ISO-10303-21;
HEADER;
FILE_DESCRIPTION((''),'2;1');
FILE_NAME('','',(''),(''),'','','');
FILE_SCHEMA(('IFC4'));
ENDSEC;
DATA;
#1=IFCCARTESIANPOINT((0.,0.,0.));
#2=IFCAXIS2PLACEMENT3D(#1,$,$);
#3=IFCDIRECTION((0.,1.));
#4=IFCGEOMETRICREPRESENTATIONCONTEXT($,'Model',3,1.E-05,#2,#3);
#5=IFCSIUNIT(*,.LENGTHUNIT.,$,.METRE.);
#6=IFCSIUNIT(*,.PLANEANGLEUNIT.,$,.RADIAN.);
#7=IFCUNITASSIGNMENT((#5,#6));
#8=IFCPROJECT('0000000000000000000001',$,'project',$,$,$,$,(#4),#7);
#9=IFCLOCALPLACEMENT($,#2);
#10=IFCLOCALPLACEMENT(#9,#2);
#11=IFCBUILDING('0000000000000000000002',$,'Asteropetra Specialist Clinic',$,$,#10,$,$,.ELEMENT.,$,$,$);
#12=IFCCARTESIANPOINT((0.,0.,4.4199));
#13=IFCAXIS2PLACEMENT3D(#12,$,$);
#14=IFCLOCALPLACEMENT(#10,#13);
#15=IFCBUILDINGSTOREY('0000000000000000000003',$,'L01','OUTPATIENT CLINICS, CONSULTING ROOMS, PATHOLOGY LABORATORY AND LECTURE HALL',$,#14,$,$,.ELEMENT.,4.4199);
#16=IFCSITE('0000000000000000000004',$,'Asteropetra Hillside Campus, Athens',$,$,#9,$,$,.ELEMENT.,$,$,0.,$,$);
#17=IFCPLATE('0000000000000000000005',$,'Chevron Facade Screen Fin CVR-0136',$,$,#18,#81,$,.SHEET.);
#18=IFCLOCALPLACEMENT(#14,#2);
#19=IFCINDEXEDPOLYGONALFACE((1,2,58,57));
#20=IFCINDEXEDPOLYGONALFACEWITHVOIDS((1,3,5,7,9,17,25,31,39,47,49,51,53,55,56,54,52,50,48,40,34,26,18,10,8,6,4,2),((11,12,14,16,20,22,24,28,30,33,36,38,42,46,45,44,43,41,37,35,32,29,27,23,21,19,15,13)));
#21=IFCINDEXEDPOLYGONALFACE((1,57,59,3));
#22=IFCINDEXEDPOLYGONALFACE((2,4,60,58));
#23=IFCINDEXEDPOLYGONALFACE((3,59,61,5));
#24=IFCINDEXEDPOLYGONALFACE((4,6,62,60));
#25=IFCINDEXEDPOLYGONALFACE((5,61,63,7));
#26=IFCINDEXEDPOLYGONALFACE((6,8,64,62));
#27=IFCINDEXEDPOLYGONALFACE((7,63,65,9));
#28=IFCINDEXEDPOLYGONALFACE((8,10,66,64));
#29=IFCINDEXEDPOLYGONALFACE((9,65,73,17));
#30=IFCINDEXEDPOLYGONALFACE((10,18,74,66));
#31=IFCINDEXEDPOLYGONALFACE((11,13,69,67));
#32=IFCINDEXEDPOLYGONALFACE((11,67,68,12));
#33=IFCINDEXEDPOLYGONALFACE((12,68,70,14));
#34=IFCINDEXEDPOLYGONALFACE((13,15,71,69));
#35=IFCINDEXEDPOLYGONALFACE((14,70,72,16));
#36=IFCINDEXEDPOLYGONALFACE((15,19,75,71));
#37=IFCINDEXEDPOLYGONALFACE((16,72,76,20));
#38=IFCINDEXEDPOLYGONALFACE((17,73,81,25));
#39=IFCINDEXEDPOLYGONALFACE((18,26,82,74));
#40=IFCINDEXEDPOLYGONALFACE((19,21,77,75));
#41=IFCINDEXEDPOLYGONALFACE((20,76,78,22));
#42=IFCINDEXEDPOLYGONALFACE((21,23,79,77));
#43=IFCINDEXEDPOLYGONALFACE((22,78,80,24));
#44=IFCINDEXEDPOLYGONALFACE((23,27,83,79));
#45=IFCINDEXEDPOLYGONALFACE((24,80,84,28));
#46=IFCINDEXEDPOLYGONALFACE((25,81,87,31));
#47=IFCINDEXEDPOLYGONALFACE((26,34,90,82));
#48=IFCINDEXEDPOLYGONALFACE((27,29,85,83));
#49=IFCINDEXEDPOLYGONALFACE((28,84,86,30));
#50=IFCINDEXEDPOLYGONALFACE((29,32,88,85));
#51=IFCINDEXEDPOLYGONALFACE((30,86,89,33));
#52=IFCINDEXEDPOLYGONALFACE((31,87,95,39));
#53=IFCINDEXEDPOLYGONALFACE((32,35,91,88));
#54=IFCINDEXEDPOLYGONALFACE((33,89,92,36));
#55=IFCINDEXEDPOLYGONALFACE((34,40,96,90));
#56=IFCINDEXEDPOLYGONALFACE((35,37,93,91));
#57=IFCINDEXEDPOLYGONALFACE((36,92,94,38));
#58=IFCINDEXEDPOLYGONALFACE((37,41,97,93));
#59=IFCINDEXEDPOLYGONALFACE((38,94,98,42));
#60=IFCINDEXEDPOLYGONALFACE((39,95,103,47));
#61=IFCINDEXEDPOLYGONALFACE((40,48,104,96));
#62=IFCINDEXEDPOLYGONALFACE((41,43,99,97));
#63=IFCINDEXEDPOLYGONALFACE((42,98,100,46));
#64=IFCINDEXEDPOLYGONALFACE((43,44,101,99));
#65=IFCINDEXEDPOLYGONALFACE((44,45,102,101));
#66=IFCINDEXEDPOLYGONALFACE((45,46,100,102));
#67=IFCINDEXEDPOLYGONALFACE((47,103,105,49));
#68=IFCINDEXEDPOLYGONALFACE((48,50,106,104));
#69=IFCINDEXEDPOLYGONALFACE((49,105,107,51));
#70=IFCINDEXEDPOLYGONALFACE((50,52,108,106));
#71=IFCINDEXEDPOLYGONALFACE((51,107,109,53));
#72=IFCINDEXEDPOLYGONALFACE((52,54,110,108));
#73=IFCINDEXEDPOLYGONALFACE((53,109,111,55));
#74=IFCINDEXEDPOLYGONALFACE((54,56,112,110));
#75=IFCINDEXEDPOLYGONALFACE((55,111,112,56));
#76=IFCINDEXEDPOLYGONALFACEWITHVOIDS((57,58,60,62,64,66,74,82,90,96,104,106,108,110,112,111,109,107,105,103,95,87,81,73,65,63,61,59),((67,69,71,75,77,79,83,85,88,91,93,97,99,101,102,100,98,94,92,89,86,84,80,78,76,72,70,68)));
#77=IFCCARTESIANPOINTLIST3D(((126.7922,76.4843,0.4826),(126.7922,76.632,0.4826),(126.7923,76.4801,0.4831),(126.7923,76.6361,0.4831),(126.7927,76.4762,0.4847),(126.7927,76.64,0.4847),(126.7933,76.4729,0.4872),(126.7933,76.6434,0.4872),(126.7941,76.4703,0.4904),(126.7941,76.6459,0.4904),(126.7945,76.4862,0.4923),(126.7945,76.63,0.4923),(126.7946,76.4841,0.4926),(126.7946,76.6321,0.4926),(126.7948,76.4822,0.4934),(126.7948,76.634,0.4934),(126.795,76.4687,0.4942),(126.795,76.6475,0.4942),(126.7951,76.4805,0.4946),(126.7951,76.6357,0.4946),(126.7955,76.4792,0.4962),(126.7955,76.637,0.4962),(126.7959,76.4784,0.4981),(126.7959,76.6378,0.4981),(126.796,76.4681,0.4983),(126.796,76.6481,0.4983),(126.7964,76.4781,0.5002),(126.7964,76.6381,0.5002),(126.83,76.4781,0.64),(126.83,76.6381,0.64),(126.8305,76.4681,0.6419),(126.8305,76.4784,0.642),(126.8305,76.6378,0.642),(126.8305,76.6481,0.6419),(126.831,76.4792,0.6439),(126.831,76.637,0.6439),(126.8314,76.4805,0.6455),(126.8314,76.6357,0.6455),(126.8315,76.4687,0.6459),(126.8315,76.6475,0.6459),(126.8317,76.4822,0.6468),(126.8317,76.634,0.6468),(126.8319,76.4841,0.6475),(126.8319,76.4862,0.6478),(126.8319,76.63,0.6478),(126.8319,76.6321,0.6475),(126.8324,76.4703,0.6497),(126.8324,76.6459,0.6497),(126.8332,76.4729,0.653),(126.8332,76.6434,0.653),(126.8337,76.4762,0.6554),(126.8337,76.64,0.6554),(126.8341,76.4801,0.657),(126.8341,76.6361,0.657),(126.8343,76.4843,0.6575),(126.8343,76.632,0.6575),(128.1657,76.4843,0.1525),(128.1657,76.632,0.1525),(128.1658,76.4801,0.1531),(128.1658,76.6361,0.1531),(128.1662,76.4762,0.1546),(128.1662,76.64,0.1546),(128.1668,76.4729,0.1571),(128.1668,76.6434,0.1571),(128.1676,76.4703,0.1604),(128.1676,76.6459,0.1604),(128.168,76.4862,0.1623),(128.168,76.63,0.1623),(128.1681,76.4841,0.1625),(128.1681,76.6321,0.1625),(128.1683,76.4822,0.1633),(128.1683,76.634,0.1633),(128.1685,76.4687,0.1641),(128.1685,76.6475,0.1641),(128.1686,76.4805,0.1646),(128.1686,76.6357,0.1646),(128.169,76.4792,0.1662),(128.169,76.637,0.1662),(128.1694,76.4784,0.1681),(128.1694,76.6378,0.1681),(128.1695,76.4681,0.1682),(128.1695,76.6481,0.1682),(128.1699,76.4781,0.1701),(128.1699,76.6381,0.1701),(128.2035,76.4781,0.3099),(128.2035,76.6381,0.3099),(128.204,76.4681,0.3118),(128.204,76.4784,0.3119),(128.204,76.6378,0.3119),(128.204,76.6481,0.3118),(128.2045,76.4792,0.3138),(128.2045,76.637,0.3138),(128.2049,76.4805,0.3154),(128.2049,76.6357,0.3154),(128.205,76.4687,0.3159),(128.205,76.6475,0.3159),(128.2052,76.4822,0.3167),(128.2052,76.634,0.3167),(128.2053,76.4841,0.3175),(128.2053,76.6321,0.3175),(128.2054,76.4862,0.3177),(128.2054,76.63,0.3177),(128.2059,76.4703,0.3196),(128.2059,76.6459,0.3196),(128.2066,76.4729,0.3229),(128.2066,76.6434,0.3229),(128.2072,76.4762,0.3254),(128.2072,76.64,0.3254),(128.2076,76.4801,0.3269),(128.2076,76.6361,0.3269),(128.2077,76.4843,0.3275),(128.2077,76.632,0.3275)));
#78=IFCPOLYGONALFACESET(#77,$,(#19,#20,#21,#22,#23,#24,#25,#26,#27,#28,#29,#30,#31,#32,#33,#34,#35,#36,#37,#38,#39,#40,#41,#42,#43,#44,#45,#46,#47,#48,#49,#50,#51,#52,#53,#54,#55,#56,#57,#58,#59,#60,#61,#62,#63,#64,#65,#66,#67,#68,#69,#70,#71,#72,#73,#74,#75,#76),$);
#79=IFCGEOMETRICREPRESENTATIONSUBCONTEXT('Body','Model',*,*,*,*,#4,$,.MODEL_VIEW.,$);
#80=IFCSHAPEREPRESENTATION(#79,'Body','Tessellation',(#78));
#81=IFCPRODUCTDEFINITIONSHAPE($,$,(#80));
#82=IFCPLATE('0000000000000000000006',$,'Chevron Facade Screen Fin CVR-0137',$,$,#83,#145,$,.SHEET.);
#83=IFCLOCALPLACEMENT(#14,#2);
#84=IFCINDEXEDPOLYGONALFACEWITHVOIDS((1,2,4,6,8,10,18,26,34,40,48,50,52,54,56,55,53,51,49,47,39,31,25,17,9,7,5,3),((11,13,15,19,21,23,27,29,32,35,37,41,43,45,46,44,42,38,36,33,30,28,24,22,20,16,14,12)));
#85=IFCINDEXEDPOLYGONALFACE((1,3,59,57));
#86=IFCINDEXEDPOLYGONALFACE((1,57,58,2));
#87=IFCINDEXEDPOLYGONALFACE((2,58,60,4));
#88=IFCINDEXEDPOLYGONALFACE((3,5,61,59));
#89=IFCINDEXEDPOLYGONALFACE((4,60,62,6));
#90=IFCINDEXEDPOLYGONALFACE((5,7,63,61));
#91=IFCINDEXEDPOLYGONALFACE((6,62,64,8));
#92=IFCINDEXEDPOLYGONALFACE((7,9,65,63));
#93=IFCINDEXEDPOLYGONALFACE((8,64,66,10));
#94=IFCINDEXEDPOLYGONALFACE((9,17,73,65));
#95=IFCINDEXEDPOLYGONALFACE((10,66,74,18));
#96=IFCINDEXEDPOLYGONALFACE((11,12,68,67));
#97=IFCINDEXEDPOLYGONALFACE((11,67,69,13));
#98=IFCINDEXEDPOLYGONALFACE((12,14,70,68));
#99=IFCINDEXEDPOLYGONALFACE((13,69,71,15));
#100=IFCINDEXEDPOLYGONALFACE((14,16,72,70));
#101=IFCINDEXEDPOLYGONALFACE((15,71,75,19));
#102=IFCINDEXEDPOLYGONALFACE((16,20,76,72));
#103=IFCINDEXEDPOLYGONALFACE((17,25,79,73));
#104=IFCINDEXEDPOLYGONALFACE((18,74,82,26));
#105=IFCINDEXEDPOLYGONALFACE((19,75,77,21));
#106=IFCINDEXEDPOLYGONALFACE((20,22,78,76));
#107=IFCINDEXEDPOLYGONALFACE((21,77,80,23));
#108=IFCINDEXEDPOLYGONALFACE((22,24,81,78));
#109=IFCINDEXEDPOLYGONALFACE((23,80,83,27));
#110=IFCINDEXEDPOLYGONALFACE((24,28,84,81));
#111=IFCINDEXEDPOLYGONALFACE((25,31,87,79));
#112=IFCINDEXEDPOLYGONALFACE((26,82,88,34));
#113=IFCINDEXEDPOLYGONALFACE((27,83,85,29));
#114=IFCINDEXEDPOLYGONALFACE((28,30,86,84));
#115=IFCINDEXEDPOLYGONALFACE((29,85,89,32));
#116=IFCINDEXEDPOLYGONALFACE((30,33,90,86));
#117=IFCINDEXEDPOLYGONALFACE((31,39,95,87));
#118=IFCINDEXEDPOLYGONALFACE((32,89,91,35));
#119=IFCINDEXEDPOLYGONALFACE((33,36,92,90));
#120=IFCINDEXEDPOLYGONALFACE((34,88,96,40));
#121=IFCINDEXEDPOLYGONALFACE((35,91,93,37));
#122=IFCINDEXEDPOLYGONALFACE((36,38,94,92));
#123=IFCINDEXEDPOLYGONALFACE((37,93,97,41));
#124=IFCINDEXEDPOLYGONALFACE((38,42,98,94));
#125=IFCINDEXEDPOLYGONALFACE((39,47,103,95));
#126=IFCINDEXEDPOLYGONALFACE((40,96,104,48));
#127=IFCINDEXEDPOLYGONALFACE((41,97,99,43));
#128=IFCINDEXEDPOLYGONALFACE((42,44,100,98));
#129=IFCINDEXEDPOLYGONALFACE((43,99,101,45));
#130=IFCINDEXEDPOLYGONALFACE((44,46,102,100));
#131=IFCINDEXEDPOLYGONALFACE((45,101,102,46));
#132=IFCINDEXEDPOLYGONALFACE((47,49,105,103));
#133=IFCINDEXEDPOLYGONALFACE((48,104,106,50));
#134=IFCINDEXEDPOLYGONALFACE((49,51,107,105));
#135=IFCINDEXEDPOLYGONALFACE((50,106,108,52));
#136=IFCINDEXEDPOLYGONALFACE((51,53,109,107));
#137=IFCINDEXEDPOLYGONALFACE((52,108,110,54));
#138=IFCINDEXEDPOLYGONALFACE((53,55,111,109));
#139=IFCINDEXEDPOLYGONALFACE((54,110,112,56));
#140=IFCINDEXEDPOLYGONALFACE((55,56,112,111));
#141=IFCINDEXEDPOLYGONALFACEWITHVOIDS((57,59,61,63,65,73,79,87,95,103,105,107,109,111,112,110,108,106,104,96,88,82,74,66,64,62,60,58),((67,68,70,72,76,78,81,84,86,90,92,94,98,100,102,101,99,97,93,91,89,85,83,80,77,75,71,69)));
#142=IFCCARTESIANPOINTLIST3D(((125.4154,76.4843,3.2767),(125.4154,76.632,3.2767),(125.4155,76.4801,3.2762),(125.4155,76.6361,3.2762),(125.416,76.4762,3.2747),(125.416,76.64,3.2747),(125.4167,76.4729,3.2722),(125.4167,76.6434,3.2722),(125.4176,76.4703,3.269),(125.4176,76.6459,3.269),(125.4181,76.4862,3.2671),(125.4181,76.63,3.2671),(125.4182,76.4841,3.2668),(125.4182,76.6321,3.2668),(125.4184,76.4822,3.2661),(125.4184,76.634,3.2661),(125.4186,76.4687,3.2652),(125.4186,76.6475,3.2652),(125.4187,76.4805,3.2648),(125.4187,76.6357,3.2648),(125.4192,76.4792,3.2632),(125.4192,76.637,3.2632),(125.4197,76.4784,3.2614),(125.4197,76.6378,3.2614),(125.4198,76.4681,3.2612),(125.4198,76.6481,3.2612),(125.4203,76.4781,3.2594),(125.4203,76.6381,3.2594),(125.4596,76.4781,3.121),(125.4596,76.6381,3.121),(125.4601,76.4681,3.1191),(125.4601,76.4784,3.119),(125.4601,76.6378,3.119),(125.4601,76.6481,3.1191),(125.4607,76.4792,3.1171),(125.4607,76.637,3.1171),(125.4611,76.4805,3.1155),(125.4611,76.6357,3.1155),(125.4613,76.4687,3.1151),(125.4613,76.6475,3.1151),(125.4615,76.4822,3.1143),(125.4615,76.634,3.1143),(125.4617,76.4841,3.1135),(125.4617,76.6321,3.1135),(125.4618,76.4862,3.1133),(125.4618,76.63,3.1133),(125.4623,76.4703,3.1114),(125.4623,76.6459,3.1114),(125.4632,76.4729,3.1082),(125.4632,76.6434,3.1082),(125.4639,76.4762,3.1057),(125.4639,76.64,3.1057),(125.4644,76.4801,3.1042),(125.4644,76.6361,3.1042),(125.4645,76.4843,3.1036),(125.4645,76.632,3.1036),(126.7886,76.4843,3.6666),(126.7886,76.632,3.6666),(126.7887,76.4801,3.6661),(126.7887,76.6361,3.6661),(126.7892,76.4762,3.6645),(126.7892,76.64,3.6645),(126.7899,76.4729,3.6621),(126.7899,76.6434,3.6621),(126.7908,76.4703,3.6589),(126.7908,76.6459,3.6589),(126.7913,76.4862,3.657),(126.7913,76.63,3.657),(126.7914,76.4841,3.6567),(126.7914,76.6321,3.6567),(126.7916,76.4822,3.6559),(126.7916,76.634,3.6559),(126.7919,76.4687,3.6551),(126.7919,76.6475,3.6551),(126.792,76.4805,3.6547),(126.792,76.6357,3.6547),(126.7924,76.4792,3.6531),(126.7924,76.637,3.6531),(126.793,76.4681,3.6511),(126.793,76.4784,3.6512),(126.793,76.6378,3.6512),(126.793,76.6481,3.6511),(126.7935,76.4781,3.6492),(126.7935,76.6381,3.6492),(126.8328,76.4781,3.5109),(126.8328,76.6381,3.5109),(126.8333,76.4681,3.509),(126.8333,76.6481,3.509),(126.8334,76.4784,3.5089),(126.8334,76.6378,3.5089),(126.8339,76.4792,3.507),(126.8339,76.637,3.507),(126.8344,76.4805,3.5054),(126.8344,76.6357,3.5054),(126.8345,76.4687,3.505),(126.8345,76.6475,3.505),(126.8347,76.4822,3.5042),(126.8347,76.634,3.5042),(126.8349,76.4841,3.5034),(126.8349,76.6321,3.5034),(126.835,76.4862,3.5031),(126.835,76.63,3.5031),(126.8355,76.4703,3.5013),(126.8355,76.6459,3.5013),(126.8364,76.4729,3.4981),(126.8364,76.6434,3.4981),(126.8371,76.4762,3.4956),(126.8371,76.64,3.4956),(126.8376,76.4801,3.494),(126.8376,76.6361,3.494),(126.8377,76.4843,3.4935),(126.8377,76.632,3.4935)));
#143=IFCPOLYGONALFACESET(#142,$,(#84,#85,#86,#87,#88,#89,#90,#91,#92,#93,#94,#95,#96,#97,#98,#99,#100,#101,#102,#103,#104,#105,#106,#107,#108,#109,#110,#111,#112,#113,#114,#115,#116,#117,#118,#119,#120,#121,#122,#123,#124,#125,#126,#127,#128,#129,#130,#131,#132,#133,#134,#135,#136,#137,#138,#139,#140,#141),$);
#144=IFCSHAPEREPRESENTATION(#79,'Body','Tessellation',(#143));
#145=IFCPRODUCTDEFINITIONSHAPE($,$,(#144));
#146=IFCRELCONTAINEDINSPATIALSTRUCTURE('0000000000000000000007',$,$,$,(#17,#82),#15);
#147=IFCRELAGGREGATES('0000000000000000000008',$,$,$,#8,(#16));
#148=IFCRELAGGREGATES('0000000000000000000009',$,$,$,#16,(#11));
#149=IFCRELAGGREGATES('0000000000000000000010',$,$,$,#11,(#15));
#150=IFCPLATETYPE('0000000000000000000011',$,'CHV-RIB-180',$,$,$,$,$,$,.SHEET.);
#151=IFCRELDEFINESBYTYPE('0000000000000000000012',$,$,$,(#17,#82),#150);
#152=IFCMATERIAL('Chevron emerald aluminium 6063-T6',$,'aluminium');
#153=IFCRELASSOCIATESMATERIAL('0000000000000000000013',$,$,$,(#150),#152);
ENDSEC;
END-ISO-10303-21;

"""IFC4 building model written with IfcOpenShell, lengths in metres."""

from ifc_helpers import new_model, si_unit, direction, frame, origin, origin_2d, place, context, subcontext, project, spatial, hollow_rectangle, extrude, material, material_profile, profile_set, type_object, element, save


model = new_model("IFC4")

# Units and contexts
model_context = context("Model", 3, precision=1e-05, world=origin(), true_north=direction((0.0, 1.0)))
body_context = subcontext(model_context, "Body", "Model", "MODEL_VIEW")
ifc_project = project(units=[si_unit("LENGTHUNIT", "METRE"), si_unit("PLANEANGLEUNIT", "RADIAN")], contexts=[model_context])

# Site, building, storey
site_placement = place(None, origin())
site = spatial("IfcSite", under=ifc_project, at=site_placement, Name="Asteropetra Hillside Campus, Athens", CompositionType="ELEMENT", RefElevation=0.0)
building_placement = place(site_placement, origin())
building = spatial("IfcBuilding", under=site, at=building_placement, Name="Asteropetra Specialist Clinic", CompositionType="ELEMENT")
storey_placement = place(building_placement, frame((0.0, 0.0, 4.4199)))
storey = spatial("IfcBuildingStorey", under=building, at=storey_placement, Name="L01", Description="OUTPATIENT CLINICS, CONSULTING ROOMS, PATHOLOGY LABORATORY AND LECTURE HALL", CompositionType="ELEMENT", Elevation=4.4199)

# Plates
ifc_material_1 = material(Name="Chevron emerald aluminium 6063-T6", Category="aluminium")
ifc_material_profile = material_profile(ifc_material_1, hollow_rectangle(XDim=0.1799, YDim=0.1799, WallThickness=0.01, InnerFilletRadius=0.0081, OuterFilletRadius=0.0161, at=origin_2d()), Name="SHS 180x180x10.0")
ifc_profile_set = profile_set([ifc_material_profile], Name="Chevron emerald aluminium 6063-T6")
plate_type = type_object("IfcPlateType", Name="CHV-RIB-180", PredefinedType="SHEET", material=ifc_profile_set)
plate_1_placement = place(storey_placement, frame((126.8132, 76.5581, 0.5701), z_axis=(0.972318, 0.0, -0.233661), x_axis=(0.0, 1.0, 0.0)))
element("IfcPlate", 1, at=plate_1_placement, inside=storey, type_object=plate_type, Name="Chevron Facade Screen Fin CVR-0136", PredefinedType="SHEET", context=body_context, shape_type="SweptSolid", body=[
    extrude(hollow_rectangle(XDim=0.1799, YDim=0.1799, WallThickness=0.01, InnerFilletRadius=0.0081, OuterFilletRadius=0.0161, at=origin_2d()), origin(), (0.0, 0.0, 1.0), 1.4126),
])
plate_2_placement = place(storey_placement, frame((125.4399, 76.5581, 3.1902), z_axis=(0.961981, 0.0, 0.273117), x_axis=(0.0, 1.0, 0.0)))
element("IfcPlate", 2, at=plate_2_placement, inside=storey, type_object=plate_type, Name="Chevron Facade Screen Fin CVR-0137", PredefinedType="SHEET", context=body_context, shape_type="SweptSolid", body=[
    extrude(hollow_rectangle(XDim=0.1799, YDim=0.1799, WallThickness=0.01, InnerFilletRadius=0.0081, OuterFilletRadius=0.0161, at=origin_2d()), origin(), (0.0, 0.0, 1.0), 1.4275),
])

save(model, "model.ifc")
